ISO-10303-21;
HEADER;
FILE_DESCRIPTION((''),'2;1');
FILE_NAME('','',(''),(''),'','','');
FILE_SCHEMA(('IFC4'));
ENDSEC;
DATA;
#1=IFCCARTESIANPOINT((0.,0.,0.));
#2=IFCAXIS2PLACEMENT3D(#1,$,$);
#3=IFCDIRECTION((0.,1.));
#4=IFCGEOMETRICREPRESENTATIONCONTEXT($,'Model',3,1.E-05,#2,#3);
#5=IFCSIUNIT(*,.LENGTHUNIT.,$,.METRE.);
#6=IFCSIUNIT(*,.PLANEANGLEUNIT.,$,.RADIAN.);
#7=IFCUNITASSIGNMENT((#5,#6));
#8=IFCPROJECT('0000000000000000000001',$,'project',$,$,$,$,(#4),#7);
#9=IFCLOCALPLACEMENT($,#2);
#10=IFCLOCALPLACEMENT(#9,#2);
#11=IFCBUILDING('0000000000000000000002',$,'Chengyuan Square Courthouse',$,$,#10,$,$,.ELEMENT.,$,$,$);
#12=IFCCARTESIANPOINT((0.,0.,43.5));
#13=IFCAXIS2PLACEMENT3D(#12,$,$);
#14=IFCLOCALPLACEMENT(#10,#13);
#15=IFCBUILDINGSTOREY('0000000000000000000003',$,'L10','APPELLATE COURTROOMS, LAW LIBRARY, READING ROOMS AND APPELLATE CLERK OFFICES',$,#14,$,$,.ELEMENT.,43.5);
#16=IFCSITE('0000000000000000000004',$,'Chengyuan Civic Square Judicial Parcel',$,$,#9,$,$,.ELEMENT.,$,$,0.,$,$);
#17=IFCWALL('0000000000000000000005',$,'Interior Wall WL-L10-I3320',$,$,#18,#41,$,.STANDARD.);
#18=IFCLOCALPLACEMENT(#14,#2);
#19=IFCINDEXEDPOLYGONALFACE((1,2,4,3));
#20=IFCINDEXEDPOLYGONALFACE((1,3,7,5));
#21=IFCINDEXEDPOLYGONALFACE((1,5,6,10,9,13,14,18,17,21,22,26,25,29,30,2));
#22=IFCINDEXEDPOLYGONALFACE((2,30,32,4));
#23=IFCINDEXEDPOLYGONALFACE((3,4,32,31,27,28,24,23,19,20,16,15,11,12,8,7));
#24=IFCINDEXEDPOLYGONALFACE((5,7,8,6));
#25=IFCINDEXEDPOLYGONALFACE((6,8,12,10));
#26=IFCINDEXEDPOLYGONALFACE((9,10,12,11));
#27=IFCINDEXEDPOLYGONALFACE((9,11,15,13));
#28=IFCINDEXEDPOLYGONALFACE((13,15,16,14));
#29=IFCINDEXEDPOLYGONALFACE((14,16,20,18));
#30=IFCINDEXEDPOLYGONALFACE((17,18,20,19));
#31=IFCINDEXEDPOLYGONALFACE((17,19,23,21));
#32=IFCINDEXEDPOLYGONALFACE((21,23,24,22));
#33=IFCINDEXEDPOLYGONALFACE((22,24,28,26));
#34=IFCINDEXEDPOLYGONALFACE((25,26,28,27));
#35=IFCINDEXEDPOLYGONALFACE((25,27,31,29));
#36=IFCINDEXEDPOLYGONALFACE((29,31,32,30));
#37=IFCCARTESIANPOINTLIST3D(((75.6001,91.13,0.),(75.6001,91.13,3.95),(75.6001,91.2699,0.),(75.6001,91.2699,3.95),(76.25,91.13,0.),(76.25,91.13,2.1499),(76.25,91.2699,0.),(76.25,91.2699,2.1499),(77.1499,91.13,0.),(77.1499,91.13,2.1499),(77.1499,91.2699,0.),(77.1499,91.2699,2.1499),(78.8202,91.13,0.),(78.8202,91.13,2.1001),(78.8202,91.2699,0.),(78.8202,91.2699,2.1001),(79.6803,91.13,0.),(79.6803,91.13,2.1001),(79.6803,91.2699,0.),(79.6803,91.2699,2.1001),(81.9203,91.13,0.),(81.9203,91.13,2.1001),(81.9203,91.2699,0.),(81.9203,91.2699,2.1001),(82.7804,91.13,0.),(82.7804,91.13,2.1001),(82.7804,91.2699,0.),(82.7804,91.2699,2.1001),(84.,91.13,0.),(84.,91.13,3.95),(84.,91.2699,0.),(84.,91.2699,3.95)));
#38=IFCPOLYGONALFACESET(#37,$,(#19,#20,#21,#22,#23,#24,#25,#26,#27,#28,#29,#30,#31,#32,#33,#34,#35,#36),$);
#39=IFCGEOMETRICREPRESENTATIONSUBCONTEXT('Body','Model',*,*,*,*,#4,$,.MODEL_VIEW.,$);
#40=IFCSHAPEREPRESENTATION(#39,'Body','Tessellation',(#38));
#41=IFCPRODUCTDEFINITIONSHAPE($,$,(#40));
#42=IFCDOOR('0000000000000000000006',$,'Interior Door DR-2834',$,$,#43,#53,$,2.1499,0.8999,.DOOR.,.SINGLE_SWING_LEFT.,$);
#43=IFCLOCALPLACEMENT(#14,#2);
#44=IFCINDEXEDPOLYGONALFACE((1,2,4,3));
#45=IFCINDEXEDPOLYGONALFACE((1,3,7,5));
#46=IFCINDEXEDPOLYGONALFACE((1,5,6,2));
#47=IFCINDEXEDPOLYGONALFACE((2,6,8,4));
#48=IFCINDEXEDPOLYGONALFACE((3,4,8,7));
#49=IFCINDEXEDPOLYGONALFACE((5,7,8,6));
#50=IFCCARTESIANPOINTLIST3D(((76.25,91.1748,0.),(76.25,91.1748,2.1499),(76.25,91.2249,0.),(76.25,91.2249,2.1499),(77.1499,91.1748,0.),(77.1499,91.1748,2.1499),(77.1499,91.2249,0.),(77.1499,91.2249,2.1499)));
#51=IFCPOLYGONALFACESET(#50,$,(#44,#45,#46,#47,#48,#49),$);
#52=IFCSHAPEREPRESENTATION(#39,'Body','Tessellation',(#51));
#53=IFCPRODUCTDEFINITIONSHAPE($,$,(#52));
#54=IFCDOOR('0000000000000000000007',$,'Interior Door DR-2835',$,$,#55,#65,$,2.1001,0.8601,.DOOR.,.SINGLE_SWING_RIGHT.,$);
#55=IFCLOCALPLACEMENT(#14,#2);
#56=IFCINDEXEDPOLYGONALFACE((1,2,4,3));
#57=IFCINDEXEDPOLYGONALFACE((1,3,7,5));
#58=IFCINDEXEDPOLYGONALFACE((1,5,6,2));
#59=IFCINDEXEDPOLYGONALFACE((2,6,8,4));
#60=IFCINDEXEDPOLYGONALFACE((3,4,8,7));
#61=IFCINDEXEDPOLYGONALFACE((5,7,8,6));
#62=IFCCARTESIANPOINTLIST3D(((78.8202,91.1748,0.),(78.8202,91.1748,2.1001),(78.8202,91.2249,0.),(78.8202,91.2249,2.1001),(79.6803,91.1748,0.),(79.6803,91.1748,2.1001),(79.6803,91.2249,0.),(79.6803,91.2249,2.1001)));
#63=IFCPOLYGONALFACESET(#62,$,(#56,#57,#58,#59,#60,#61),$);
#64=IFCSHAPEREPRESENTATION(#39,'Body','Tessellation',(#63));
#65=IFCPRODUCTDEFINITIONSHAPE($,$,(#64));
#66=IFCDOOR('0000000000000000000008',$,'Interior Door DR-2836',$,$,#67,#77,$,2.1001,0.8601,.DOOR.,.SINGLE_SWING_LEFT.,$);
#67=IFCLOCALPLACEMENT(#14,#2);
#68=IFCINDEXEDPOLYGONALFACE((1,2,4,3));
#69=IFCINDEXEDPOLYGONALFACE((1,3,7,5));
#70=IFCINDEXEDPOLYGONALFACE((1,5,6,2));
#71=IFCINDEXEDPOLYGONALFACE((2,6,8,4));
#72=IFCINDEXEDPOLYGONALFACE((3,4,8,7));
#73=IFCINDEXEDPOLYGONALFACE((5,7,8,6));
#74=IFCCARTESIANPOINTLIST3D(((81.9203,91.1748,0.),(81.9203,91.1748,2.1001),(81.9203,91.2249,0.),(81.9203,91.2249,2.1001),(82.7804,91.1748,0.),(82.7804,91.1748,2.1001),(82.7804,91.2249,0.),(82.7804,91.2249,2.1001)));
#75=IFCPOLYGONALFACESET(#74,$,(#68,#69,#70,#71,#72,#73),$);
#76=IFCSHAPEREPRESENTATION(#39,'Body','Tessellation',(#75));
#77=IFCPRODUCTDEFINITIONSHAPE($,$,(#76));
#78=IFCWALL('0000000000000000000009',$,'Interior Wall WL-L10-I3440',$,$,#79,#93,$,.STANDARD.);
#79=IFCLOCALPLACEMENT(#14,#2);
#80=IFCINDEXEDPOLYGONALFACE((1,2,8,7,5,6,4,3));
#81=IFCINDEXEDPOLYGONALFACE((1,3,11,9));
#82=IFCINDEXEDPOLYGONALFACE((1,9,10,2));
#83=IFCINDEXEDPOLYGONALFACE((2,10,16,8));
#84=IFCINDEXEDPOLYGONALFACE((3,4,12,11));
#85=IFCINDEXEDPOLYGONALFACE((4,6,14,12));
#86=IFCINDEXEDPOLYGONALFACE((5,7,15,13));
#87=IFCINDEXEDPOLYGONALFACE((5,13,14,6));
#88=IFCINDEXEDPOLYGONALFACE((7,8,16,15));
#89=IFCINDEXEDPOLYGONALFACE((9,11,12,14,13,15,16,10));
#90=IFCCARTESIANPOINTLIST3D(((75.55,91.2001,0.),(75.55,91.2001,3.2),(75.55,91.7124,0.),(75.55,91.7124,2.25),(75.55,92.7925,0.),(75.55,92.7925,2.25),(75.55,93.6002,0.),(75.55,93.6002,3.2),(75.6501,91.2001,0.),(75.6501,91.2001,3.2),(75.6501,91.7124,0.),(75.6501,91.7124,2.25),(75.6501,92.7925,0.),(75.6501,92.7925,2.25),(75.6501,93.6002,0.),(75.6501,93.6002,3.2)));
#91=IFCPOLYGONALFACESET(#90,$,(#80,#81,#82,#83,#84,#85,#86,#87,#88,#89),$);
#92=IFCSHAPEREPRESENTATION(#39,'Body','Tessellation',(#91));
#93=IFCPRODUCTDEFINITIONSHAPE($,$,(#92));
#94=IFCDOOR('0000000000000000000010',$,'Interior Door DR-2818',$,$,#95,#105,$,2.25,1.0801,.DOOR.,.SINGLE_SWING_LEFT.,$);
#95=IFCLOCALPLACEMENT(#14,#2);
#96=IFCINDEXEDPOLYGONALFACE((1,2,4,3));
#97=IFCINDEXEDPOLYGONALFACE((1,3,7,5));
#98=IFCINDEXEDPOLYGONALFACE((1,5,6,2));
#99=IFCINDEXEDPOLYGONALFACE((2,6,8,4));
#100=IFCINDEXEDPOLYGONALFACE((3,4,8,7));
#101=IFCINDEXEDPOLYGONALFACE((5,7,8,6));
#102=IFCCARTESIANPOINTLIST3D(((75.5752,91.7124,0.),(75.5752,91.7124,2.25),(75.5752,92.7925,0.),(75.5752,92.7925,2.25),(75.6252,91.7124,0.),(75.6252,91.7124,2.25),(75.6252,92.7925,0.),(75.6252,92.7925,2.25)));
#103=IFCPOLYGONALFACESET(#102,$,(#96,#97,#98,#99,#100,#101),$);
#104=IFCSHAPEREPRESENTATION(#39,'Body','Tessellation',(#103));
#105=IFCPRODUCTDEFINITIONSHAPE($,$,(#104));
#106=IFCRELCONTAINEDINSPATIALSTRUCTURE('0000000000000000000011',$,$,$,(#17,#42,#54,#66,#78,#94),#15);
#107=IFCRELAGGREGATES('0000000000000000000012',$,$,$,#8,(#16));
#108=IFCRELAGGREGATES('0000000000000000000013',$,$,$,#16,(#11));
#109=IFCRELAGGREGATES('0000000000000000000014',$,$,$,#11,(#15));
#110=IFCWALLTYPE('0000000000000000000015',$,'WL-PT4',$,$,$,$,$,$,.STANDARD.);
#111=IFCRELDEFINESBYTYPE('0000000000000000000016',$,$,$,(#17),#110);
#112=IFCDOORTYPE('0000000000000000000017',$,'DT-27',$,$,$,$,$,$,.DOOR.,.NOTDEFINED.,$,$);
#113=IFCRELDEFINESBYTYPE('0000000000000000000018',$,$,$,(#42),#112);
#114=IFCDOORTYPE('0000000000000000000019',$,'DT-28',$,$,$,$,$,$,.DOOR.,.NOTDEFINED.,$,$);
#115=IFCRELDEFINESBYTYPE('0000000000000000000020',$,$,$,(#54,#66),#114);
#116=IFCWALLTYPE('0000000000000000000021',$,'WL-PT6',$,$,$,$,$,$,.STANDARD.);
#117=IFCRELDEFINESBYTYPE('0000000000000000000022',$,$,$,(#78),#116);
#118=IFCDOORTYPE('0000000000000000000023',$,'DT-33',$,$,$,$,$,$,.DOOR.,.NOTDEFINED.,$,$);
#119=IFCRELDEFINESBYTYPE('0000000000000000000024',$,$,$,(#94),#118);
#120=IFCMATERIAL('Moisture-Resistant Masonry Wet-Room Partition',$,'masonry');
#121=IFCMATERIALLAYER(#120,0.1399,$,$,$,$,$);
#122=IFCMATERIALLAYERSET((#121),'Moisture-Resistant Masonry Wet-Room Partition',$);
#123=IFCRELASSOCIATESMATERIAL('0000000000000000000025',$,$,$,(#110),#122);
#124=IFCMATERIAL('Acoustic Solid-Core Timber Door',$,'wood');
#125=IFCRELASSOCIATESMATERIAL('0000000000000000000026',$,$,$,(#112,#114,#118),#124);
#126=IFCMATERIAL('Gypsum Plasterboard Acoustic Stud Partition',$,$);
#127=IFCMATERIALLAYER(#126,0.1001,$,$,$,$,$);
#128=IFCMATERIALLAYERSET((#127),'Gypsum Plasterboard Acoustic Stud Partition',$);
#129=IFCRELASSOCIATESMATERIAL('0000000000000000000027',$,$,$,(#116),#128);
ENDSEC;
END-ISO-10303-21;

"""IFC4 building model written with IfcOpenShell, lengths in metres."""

from ifc_helpers import new_model, si_unit, direction, frame, frame_2d, origin, place, context, subcontext, project, spatial, rectangle, extrude, material, layer, layer_set, type_object, element, fill, save


model = new_model("IFC4")

# Units and contexts
model_context = context("Model", 3, precision=1e-05, world=origin(), true_north=direction((0.0, 1.0)))
body_context = subcontext(model_context, "Body", "Model", "MODEL_VIEW")
ifc_project = project(units=[si_unit("LENGTHUNIT", "METRE"), si_unit("PLANEANGLEUNIT", "RADIAN")], contexts=[model_context])

# Site, building, storey
site_placement = place(None, origin())
site = spatial("IfcSite", under=ifc_project, at=site_placement, Name="Chengyuan Civic Square Judicial Parcel", CompositionType="ELEMENT", RefElevation=0.0)
building_placement = place(site_placement, origin())
building = spatial("IfcBuilding", under=site, at=building_placement, Name="Chengyuan Square Courthouse", CompositionType="ELEMENT")
storey_placement = place(building_placement, frame((0.0, 0.0, 43.5)))
storey = spatial("IfcBuildingStorey", under=building, at=storey_placement, Name="L10", Description="APPELLATE COURTROOMS, LAW LIBRARY, READING ROOMS AND APPELLATE CLERK OFFICES", CompositionType="ELEMENT", Elevation=43.5)

# Wall, openings, doors
ifc_material_1 = material(Name="Moisture-Resistant Masonry Wet-Room Partition", Category="masonry")
ifc_layer_1 = layer(ifc_material_1, 0.1399)
ifc_layer_set_1 = layer_set([ifc_layer_1], Name="Moisture-Resistant Masonry Wet-Room Partition")
wall_type_1 = type_object("IfcWallType", Name="WL-PT4", PredefinedType="STANDARD", material=ifc_layer_set_1)
wall_1_placement = place(storey_placement, frame((75.6001, 91.2, 0.0), z_axis=(0.0, 0.0, 1.0), x_axis=(1.0, 0.0, 0.0)))
wall_1 = element("IfcWall", 1, at=wall_1_placement, inside=storey, type_object=wall_type_1, Name="Interior Wall WL-L10-I3320", PredefinedType="STANDARD", context=body_context, shape_type="SweptSolid", body=[
    extrude(rectangle(XDim=8.3999, YDim=0.1399, at=frame_2d((4.2, 0.0))), origin(), (0.0, 0.0, 1.0), 3.95),
])
opening_1_placement = place(wall_1_placement, frame((0.6499, 0.0, 0.0)))
opening_1 = element("IfcOpeningElement", 2, at=opening_1_placement, cuts=wall_1, PredefinedType="OPENING", context=body_context, shape_type="SweptSolid", body=[
    extrude(rectangle(XDim=0.8999, YDim=2.1499, at=frame_2d((0.45, 1.075))), frame((0.0, 0.082, 0.0), z_axis=(0.0, -1.0, 0.0), x_axis=(1.0, 0.0, 0.0)), (0.0, 0.0, 1.0), 0.1638),
])
opening_2_placement = place(wall_1_placement, frame((3.22, 0.0, 0.0)))
opening_2 = element("IfcOpeningElement", 3, at=opening_2_placement, cuts=wall_1, PredefinedType="OPENING", context=body_context, shape_type="SweptSolid", body=[
    extrude(rectangle(XDim=0.8601, YDim=2.1001, at=frame_2d((0.4302, 1.05))), frame((0.0, 0.082, 0.0), z_axis=(0.0, -1.0, 0.0), x_axis=(1.0, 0.0, 0.0)), (0.0, 0.0, 1.0), 0.1638),
])
opening_3_placement = place(wall_1_placement, frame((6.3201, 0.0, 0.0)))
opening_3 = element("IfcOpeningElement", 4, at=opening_3_placement, cuts=wall_1, PredefinedType="OPENING", context=body_context, shape_type="SweptSolid", body=[
    extrude(rectangle(XDim=0.8601, YDim=2.1001, at=frame_2d((0.4302, 1.05))), frame((0.0, 0.082, 0.0), z_axis=(0.0, -1.0, 0.0), x_axis=(1.0, 0.0, 0.0)), (0.0, 0.0, 1.0), 0.1638),
])
ifc_material_2 = material(Name="Acoustic Solid-Core Timber Door", Category="wood")
door_type_1 = type_object("IfcDoorType", Name="DT-27", OperationType="NOTDEFINED", PredefinedType="DOOR", material=ifc_material_2)
door_1_placement = place(opening_1_placement, origin())
door_1 = element("IfcDoor", 5, at=door_1_placement, inside=storey, type_object=door_type_1, Name="Interior Door DR-2834", OperationType="SINGLE_SWING_LEFT", OverallHeight=2.1499, OverallWidth=0.8999, PredefinedType="DOOR", context=body_context, shape_type="SweptSolid", body=[
    extrude(rectangle(XDim=0.8999, YDim=2.1499, at=frame_2d((0.45, 1.075))), frame((0.0, 0.0249, 0.0), z_axis=(0.0, -1.0, 0.0), x_axis=(1.0, 0.0, 0.0)), (0.0, 0.0, 1.0), 0.05),
])
fill(opening_1, door_1)
door_type_2 = type_object("IfcDoorType", Name="DT-28", OperationType="NOTDEFINED", PredefinedType="DOOR", material=ifc_material_2)
door_2_placement = place(opening_2_placement, origin())
door_2 = element("IfcDoor", 6, at=door_2_placement, inside=storey, type_object=door_type_2, Name="Interior Door DR-2835", OperationType="SINGLE_SWING_RIGHT", OverallHeight=2.1001, OverallWidth=0.8601, PredefinedType="DOOR", context=body_context, shape_type="SweptSolid", body=[
    extrude(rectangle(XDim=0.8601, YDim=2.1001, at=frame_2d((0.4302, 1.05))), frame((0.0, 0.0249, 0.0), z_axis=(0.0, -1.0, 0.0), x_axis=(1.0, 0.0, 0.0)), (0.0, 0.0, 1.0), 0.05),
])
fill(opening_2, door_2)
door_3_placement = place(opening_3_placement, origin())
door_3 = element("IfcDoor", 7, at=door_3_placement, inside=storey, type_object=door_type_2, Name="Interior Door DR-2836", OperationType="SINGLE_SWING_LEFT", OverallHeight=2.1001, OverallWidth=0.8601, PredefinedType="DOOR", context=body_context, shape_type="SweptSolid", body=[
    extrude(rectangle(XDim=0.8601, YDim=2.1001, at=frame_2d((0.4302, 1.05))), frame((0.0, 0.0249, 0.0), z_axis=(0.0, -1.0, 0.0), x_axis=(1.0, 0.0, 0.0)), (0.0, 0.0, 1.0), 0.05),
])
fill(opening_3, door_3)

# Wall, opening, door
ifc_material_3 = material(Name="Gypsum Plasterboard Acoustic Stud Partition")
ifc_layer_2 = layer(ifc_material_3, 0.1001)
ifc_layer_set_2 = layer_set([ifc_layer_2], Name="Gypsum Plasterboard Acoustic Stud Partition")
wall_type_2 = type_object("IfcWallType", Name="WL-PT6", PredefinedType="STANDARD", material=ifc_layer_set_2)
wall_2_placement = place(storey_placement, frame((75.6001, 91.2, 0.0), z_axis=(0.0, 0.0, 1.0), x_axis=(0.0, 1.0, 0.0)))
wall_2 = element("IfcWall", 8, at=wall_2_placement, inside=storey, type_object=wall_type_2, Name="Interior Wall WL-L10-I3440", PredefinedType="STANDARD", context=body_context, shape_type="SweptSolid", body=[
    extrude(rectangle(XDim=2.4001, YDim=0.1001, at=frame_2d((1.2002, 0.0))), origin(), (0.0, 0.0, 1.0), 3.2),
])
opening_4_placement = place(wall_2_placement, frame((0.5125, 0.0, 0.0)))
opening_4 = element("IfcOpeningElement", 9, at=opening_4_placement, cuts=wall_2, PredefinedType="OPENING", context=body_context, shape_type="SweptSolid", body=[
    extrude(rectangle(XDim=1.0801, YDim=2.25, at=frame_2d((0.54, 1.125))), frame((0.0, 0.062, 0.0), z_axis=(0.0, -1.0, 0.0), x_axis=(1.0, 0.0, 0.0)), (0.0, 0.0, 1.0), 0.124),
])
door_type_3 = type_object("IfcDoorType", Name="DT-33", OperationType="NOTDEFINED", PredefinedType="DOOR", material=ifc_material_2)
door_4_placement = place(opening_4_placement, origin())
door_4 = element("IfcDoor", 10, at=door_4_placement, inside=storey, type_object=door_type_3, Name="Interior Door DR-2818", OperationType="SINGLE_SWING_LEFT", OverallHeight=2.25, OverallWidth=1.0801, PredefinedType="DOOR", context=body_context, shape_type="SweptSolid", body=[
    extrude(rectangle(XDim=1.0801, YDim=2.25, at=frame_2d((0.54, 1.125))), frame((0.0, 0.0249, 0.0), z_axis=(0.0, -1.0, 0.0), x_axis=(1.0, 0.0, 0.0)), (0.0, 0.0, 1.0), 0.05),
])
fill(opening_4, door_4)

save(model, "model.ifc")
